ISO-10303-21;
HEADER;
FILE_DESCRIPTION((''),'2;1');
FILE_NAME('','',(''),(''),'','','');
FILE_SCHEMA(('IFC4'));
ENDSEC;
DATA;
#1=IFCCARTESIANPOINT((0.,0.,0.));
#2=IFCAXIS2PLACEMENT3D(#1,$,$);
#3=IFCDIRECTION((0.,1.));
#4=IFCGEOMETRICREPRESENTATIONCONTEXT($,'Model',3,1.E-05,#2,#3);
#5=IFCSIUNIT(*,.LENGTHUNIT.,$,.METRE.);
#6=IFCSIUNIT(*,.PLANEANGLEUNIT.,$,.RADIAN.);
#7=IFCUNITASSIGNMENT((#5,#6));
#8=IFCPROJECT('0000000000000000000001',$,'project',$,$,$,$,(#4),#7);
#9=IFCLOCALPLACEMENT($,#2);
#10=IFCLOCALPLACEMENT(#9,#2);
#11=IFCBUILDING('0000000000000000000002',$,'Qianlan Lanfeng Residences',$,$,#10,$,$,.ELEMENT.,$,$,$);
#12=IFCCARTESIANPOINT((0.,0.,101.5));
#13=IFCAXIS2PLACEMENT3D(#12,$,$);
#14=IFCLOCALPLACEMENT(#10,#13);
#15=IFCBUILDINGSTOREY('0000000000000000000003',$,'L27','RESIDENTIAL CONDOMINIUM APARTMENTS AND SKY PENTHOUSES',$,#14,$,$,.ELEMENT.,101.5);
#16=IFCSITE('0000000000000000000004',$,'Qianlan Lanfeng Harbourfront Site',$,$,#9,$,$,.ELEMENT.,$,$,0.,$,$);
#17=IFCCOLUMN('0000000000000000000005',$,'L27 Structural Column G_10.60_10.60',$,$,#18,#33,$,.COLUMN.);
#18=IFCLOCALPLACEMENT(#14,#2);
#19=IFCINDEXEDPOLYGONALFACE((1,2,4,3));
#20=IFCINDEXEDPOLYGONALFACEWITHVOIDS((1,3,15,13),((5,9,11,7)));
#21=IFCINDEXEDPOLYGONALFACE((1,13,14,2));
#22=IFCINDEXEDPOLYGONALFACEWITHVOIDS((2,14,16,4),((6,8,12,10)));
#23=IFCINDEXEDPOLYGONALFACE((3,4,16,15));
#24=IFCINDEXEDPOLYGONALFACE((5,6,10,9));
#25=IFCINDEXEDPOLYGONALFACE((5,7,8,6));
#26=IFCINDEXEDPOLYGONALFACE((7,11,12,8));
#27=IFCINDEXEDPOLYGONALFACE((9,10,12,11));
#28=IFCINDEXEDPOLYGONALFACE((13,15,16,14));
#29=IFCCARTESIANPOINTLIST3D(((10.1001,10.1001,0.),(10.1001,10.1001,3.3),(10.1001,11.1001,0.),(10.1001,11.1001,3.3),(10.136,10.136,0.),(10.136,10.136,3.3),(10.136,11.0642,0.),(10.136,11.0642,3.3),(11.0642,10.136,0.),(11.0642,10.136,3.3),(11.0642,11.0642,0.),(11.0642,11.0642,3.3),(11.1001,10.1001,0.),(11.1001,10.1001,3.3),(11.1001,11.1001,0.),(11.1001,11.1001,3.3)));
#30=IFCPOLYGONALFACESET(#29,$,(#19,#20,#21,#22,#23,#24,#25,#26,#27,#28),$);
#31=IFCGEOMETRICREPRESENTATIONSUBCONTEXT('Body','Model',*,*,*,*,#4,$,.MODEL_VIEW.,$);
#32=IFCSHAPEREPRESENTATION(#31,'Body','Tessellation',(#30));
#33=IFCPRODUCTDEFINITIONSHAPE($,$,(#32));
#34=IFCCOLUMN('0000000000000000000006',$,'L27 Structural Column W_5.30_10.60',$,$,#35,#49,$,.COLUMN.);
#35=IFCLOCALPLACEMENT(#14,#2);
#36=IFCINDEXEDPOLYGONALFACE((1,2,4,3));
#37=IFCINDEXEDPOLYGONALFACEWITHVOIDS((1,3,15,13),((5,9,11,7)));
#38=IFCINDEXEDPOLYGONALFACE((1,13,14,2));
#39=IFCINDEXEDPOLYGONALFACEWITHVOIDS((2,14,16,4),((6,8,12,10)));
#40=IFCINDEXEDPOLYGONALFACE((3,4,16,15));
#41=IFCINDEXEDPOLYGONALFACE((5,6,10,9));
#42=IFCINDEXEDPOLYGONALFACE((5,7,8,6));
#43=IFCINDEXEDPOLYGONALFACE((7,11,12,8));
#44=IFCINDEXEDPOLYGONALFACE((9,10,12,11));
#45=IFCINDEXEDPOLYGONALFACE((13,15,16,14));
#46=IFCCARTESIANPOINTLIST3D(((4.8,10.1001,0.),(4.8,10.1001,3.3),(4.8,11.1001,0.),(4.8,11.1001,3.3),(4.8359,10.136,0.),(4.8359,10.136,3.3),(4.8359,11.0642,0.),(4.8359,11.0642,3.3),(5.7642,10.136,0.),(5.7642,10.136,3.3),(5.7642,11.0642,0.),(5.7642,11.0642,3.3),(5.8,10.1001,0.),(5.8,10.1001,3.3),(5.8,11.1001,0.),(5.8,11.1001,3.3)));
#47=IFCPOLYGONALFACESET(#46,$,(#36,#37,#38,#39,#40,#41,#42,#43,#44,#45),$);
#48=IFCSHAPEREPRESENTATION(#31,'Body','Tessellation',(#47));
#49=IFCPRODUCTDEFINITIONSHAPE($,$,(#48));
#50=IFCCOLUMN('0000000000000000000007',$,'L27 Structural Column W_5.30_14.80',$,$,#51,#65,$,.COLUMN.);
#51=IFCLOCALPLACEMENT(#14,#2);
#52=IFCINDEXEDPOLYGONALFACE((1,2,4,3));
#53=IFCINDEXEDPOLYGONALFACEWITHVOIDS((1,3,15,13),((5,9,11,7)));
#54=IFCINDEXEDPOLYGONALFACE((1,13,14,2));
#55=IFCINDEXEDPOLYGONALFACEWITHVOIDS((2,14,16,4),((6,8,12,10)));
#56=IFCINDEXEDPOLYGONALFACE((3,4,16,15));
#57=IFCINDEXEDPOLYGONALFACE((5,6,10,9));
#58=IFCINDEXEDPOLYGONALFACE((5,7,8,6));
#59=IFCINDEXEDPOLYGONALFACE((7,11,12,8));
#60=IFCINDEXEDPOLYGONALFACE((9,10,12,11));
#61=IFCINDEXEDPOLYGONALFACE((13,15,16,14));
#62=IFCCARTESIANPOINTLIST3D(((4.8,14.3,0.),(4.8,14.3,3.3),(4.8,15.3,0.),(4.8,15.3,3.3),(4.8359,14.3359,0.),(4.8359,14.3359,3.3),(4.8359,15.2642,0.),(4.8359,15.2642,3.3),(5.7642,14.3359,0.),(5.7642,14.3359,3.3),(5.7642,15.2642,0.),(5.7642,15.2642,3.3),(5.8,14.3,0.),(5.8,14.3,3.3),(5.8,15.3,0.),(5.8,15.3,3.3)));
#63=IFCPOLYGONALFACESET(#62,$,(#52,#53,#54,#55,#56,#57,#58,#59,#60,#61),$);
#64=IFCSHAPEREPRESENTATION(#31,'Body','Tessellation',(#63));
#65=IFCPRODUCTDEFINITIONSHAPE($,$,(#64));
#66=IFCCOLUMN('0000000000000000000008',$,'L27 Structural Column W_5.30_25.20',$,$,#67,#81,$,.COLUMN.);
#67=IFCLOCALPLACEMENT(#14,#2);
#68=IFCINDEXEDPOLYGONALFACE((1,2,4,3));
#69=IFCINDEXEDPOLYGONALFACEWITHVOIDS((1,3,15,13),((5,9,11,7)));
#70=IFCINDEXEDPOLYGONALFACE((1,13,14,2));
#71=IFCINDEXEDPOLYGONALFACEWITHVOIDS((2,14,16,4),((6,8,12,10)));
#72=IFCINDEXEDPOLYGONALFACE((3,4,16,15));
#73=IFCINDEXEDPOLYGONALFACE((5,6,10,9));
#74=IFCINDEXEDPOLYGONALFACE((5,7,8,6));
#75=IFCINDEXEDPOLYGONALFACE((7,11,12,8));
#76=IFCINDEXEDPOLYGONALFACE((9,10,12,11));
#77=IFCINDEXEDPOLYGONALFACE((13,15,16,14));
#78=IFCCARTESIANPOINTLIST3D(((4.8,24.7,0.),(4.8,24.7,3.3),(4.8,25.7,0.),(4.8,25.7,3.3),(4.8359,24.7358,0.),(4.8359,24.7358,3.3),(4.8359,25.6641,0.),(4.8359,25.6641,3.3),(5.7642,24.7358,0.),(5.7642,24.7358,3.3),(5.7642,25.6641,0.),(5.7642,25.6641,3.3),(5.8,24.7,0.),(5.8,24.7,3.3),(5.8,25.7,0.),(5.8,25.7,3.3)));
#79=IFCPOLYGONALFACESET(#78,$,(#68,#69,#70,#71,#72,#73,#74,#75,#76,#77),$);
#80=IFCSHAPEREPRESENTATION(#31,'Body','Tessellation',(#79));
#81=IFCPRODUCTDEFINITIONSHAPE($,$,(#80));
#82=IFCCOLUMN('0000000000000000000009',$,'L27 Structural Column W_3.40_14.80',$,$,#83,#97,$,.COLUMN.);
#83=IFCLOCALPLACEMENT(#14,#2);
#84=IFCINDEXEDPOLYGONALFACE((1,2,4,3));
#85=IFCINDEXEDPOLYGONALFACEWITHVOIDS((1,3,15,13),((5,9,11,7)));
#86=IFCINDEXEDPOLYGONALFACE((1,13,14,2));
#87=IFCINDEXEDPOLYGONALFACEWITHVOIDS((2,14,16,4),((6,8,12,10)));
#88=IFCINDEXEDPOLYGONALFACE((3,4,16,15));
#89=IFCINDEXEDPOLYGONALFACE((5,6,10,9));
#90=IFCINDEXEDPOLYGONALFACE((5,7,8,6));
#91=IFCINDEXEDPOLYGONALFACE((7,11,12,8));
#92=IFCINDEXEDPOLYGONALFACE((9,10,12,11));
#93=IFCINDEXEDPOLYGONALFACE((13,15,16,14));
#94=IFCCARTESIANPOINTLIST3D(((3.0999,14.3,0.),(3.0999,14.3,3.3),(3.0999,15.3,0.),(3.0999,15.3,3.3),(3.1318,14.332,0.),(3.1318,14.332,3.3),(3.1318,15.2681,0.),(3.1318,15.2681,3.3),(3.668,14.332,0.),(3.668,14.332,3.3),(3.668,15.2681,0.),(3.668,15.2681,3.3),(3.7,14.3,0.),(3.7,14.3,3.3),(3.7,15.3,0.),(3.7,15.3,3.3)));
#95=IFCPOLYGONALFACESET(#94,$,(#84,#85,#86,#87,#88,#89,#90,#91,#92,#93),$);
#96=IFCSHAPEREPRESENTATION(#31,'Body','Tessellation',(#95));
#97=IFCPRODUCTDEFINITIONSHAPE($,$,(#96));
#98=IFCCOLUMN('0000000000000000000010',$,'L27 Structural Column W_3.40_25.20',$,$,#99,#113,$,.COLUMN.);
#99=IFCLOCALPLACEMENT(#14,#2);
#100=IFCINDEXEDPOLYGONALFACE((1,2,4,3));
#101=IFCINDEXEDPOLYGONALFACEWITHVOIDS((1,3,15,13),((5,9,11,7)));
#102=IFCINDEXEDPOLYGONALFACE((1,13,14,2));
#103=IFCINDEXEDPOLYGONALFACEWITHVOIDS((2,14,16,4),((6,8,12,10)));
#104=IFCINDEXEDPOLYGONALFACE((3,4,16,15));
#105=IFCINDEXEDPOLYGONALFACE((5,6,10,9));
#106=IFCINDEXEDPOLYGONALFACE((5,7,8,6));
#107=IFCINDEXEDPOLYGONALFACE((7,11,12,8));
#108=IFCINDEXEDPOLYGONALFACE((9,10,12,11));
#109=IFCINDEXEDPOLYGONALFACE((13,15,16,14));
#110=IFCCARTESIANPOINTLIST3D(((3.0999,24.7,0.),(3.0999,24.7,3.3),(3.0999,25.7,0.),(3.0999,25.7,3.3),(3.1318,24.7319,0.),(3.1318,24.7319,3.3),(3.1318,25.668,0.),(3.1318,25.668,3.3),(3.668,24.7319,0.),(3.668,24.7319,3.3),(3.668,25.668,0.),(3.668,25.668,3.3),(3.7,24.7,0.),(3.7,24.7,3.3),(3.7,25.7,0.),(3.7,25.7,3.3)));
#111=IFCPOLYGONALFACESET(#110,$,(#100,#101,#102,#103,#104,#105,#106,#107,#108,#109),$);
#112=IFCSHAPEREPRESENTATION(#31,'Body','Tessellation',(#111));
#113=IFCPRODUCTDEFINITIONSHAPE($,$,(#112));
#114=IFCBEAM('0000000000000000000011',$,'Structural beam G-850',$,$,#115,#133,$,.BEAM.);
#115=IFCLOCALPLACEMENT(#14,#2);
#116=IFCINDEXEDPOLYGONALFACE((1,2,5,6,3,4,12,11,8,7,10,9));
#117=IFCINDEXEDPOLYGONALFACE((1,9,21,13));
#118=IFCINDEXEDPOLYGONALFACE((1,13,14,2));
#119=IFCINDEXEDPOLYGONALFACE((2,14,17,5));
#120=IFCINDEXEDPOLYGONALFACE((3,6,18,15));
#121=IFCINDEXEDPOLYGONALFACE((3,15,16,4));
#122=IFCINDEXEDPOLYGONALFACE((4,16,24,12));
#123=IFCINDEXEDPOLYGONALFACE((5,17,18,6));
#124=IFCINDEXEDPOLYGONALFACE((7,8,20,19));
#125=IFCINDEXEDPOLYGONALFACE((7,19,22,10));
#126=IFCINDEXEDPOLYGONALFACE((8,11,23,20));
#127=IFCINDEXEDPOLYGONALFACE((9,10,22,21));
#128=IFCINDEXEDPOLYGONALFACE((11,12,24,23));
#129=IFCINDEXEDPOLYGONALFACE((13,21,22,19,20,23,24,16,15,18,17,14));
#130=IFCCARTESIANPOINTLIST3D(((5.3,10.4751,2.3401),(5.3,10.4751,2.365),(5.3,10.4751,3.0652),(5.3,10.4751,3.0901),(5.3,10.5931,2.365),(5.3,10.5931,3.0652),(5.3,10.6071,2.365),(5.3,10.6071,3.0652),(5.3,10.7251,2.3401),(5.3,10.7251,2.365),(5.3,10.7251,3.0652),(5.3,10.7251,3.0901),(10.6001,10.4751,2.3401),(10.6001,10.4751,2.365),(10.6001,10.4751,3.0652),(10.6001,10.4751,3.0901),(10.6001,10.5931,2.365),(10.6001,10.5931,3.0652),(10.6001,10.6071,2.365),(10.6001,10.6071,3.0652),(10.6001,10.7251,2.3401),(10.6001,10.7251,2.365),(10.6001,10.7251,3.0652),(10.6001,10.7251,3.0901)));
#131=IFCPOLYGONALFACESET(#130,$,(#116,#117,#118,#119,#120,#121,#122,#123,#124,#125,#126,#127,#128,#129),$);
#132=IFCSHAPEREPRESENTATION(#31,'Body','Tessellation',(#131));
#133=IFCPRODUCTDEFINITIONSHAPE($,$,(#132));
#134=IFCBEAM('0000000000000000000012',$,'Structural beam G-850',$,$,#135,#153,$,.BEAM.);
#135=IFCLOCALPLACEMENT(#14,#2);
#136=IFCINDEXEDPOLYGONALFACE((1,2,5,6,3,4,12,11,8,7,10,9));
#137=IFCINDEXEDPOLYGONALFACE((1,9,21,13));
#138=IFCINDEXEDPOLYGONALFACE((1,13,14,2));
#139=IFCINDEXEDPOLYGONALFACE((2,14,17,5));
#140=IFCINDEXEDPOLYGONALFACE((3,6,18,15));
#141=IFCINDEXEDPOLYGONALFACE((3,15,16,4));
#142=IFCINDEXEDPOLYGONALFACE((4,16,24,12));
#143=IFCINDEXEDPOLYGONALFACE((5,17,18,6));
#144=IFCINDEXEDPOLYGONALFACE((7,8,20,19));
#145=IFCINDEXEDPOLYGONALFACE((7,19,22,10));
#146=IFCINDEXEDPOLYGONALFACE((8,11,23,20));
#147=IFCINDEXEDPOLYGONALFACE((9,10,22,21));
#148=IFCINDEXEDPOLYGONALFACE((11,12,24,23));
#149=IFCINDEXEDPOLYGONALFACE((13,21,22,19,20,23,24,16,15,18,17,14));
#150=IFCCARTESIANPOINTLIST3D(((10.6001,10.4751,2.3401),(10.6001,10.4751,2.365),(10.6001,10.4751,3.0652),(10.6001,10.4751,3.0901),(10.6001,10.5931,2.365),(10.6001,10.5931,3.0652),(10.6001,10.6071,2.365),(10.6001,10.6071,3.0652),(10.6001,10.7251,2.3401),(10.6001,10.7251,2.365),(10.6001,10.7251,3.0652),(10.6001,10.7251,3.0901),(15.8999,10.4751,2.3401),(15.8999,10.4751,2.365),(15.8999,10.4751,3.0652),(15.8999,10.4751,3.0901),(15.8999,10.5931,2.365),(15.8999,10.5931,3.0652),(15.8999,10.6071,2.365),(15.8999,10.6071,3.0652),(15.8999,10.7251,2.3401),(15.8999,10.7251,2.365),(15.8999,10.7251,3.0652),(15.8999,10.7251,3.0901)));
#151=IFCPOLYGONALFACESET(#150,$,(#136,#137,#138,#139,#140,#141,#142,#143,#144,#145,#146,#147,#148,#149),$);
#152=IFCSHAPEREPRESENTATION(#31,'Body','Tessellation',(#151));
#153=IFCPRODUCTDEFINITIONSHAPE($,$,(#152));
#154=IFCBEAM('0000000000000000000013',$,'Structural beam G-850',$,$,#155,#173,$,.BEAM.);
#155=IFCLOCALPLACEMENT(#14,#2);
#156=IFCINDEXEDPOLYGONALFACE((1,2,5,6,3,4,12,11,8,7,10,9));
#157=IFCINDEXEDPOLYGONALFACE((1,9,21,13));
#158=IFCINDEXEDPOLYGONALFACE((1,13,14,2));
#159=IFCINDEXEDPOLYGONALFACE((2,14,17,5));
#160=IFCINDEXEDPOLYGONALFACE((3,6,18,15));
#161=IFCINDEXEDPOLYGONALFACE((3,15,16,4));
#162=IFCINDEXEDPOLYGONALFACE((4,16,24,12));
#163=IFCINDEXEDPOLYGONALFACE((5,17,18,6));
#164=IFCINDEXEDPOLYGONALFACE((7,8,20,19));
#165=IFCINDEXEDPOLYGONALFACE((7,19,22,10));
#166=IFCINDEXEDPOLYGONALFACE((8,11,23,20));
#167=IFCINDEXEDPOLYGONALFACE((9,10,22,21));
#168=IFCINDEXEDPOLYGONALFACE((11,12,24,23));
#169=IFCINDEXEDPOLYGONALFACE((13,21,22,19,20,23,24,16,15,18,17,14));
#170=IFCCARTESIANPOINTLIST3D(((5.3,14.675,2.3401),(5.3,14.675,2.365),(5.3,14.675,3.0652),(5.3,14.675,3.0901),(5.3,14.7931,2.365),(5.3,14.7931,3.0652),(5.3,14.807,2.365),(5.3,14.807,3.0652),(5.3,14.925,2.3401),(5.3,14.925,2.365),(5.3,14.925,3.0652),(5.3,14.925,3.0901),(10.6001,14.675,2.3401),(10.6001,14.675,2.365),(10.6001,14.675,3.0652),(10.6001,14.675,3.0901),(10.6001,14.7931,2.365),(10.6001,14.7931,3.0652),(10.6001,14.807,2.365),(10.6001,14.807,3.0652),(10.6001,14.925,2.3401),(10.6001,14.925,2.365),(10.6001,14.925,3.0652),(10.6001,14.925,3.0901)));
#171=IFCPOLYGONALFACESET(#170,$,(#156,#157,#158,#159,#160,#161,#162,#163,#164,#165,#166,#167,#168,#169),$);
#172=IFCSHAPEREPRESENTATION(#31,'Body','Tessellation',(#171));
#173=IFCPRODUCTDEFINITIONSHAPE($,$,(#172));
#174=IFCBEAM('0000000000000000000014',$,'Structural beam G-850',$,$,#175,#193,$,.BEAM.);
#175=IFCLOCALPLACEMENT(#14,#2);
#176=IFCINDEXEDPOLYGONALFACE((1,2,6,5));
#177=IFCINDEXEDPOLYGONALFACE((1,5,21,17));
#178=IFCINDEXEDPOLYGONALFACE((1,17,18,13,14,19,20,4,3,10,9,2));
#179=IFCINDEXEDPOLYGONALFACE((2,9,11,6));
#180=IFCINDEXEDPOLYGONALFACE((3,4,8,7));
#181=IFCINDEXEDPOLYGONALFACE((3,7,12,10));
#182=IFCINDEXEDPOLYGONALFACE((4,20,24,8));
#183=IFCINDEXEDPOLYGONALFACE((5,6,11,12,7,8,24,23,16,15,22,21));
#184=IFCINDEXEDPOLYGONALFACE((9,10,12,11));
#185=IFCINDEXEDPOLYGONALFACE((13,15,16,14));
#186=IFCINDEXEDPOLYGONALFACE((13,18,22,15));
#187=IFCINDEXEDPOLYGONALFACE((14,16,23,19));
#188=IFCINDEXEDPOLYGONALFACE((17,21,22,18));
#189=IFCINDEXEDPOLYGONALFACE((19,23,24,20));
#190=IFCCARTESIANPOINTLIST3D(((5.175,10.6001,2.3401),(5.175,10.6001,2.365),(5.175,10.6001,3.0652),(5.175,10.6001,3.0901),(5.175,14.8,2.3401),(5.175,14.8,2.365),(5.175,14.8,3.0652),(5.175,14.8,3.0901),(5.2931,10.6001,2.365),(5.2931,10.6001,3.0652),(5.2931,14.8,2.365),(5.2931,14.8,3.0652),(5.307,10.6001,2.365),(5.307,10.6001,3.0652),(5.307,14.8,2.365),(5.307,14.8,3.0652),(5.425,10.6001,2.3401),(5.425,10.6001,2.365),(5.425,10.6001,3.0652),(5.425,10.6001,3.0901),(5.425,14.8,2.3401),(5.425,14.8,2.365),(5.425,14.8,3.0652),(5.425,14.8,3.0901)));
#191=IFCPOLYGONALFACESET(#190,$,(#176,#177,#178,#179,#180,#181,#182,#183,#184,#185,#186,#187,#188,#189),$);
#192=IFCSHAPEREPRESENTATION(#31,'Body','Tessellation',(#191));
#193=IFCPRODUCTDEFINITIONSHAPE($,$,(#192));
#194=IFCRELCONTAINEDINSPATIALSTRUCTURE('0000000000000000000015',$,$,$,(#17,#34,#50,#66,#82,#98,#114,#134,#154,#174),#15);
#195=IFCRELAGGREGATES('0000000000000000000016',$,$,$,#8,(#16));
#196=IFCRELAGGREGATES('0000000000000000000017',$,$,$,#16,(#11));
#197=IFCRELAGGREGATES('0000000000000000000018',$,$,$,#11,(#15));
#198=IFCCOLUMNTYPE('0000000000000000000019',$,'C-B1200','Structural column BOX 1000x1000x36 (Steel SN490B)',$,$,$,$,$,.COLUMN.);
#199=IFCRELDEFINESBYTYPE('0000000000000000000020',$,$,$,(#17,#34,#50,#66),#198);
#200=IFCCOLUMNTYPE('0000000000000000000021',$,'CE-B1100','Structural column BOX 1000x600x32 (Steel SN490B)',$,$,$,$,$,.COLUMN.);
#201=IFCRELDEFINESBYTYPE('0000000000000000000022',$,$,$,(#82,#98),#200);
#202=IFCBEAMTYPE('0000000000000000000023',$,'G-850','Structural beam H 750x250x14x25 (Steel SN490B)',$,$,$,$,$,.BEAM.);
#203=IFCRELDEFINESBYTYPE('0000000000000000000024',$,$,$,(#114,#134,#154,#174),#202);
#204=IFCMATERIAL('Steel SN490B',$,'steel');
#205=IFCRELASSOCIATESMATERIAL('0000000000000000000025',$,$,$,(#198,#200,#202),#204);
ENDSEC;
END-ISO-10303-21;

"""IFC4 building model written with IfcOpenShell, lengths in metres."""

from ifc_helpers import new_model, si_unit, direction, frame, origin, origin_2d, place, context, subcontext, project, spatial, hollow_rectangle, i_section, extrude, material, material_profile, profile_set, type_object, element, save


model = new_model("IFC4")

# Units and contexts
model_context = context("Model", 3, precision=1e-05, world=origin(), true_north=direction((0.0, 1.0)))
body_context = subcontext(model_context, "Body", "Model", "MODEL_VIEW")
ifc_project = project(units=[si_unit("LENGTHUNIT", "METRE"), si_unit("PLANEANGLEUNIT", "RADIAN")], contexts=[model_context])

# Site, building, storey
site_placement = place(None, origin())
site = spatial("IfcSite", under=ifc_project, at=site_placement, Name="Qianlan Lanfeng Harbourfront Site", CompositionType="ELEMENT", RefElevation=0.0)
building_placement = place(site_placement, origin())
building = spatial("IfcBuilding", under=site, at=building_placement, Name="Qianlan Lanfeng Residences", CompositionType="ELEMENT")
storey_placement = place(building_placement, frame((0.0, 0.0, 101.5)))
storey = spatial("IfcBuildingStorey", under=building, at=storey_placement, Name="L27", Description="RESIDENTIAL CONDOMINIUM APARTMENTS AND SKY PENTHOUSES", CompositionType="ELEMENT", Elevation=101.5)

# Columns
ifc_material_1 = material(Name="Steel SN490B", Category="steel")
ifc_material_profile_1 = material_profile(ifc_material_1, hollow_rectangle(XDim=1.0, YDim=1.0, WallThickness=0.0359, at=origin_2d()), Name="BOX 1000x1000x36")
ifc_profile_set_1 = profile_set([ifc_material_profile_1], Name="Steel SN490B")
column_type_1 = type_object("IfcColumnType", Name="C-B1200", Description="Structural column BOX 1000x1000x36 (Steel SN490B)", PredefinedType="COLUMN", material=ifc_profile_set_1)
for number, where, z_axis, x_axis, name in (
    (1, (10.6001, 10.6001, 0.0), (0.0, 0.0, 1.0), (1.0, 0.0, 0.0), "L27 Structural Column G_10.60_10.60"),
    (2, (5.3, 10.6001, 0.0), (0.0, 0.0, 1.0), (1.0, 0.0, 0.0), "L27 Structural Column W_5.30_10.60"),
    (3, (5.3, 14.8, 0.0), (0.0, 0.0, 1.0), (1.0, 0.0, 0.0), "L27 Structural Column W_5.30_14.80"),
    (4, (5.3, 25.2, 0.0), (0.0, 0.0, 1.0), (1.0, 0.0, 0.0), "L27 Structural Column W_5.30_25.20"),
):
    element("IfcColumn", number, at=place(storey_placement, frame(where, z_axis=z_axis, x_axis=x_axis)), inside=storey, type_object=column_type_1, Name=name, PredefinedType="COLUMN", context=body_context, shape_type="SweptSolid", body=[
        extrude(hollow_rectangle(XDim=1.0, YDim=1.0, WallThickness=0.0359, at=origin_2d()), origin(), (0.0, 0.0, 1.0), 3.3),
    ])
ifc_material_profile_2 = material_profile(ifc_material_1, hollow_rectangle(XDim=0.6001, YDim=1.0, WallThickness=0.032, at=origin_2d()), Name="BOX 1000x600x32")
ifc_profile_set_2 = profile_set([ifc_material_profile_2], Name="Steel SN490B")
column_type_2 = type_object("IfcColumnType", Name="CE-B1100", Description="Structural column BOX 1000x600x32 (Steel SN490B)", PredefinedType="COLUMN", material=ifc_profile_set_2)
for number, where, z_axis, x_axis, name in (
    (5, (3.3999, 14.8, 0.0), (0.0, 0.0, 1.0), (1.0, 0.0, 0.0), "L27 Structural Column W_3.40_14.80"),
    (6, (3.3999, 25.2, 0.0), (0.0, 0.0, 1.0), (1.0, 0.0, 0.0), "L27 Structural Column W_3.40_25.20"),
):
    element("IfcColumn", number, at=place(storey_placement, frame(where, z_axis=z_axis, x_axis=x_axis)), inside=storey, type_object=column_type_2, Name=name, PredefinedType="COLUMN", context=body_context, shape_type="SweptSolid", body=[
        extrude(hollow_rectangle(XDim=0.6001, YDim=1.0, WallThickness=0.032, at=origin_2d()), origin(), (0.0, 0.0, 1.0), 3.3),
    ])

# Beams
ifc_material_profile_3 = material_profile(ifc_material_1, i_section(OverallWidth=0.25, OverallDepth=0.75, WebThickness=0.0139, FlangeThickness=0.0249, at=origin_2d()), Name="H 750x250x14x25")
ifc_profile_set_3 = profile_set([ifc_material_profile_3], Name="Steel SN490B")
beam_type_1 = type_object("IfcBeamType", Name="G-850", Description="Structural beam H 750x250x14x25 (Steel SN490B)", PredefinedType="BEAM", material=ifc_profile_set_3)
beam_1_placement = place(storey_placement, frame((5.3, 10.6001, 2.7151), z_axis=(1.0, 0.0, 0.0), x_axis=(0.0, 1.0, 0.0)))
element("IfcBeam", 7, at=beam_1_placement, inside=storey, type_object=beam_type_1, Name="Structural beam G-850", PredefinedType="BEAM", context=body_context, shape_type="SweptSolid", body=[
    extrude(i_section(OverallWidth=0.25, OverallDepth=0.75, WebThickness=0.0139, FlangeThickness=0.0249, at=origin_2d()), origin(), (0.0, 0.0, 1.0), 5.3),
])
beam_2_placement = place(storey_placement, frame((10.6001, 10.6001, 2.7151), z_axis=(1.0, 0.0, 0.0), x_axis=(0.0, 1.0, 0.0)))
element("IfcBeam", 8, at=beam_2_placement, inside=storey, type_object=beam_type_1, Name="Structural beam G-850", PredefinedType="BEAM", context=body_context, shape_type="SweptSolid", body=[
    extrude(i_section(OverallWidth=0.25, OverallDepth=0.75, WebThickness=0.0139, FlangeThickness=0.0249, at=origin_2d()), origin(), (0.0, 0.0, 1.0), 5.2998),
])
beam_3_placement = place(storey_placement, frame((5.3, 14.8, 2.7151), z_axis=(1.0, 0.0, 0.0), x_axis=(0.0, 1.0, 0.0)))
element("IfcBeam", 9, at=beam_3_placement, inside=storey, type_object=beam_type_1, Name="Structural beam G-850", PredefinedType="BEAM", context=body_context, shape_type="SweptSolid", body=[
    extrude(i_section(OverallWidth=0.25, OverallDepth=0.75, WebThickness=0.0139, FlangeThickness=0.0249, at=origin_2d()), origin(), (0.0, 0.0, 1.0), 5.3),
])
beam_4_placement = place(storey_placement, frame((5.3, 10.6001, 2.7151), z_axis=(0.0, 1.0, 0.0), x_axis=(-1.0, 0.0, 0.0)))
element("IfcBeam", 10, at=beam_4_placement, inside=storey, type_object=beam_type_1, Name="Structural beam G-850", PredefinedType="BEAM", context=body_context, shape_type="SweptSolid", body=[
    extrude(i_section(OverallWidth=0.25, OverallDepth=0.75, WebThickness=0.0139, FlangeThickness=0.0249, at=origin_2d()), origin(), (0.0, 0.0, 1.0), 4.2),
])

save(model, "model.ifc")
